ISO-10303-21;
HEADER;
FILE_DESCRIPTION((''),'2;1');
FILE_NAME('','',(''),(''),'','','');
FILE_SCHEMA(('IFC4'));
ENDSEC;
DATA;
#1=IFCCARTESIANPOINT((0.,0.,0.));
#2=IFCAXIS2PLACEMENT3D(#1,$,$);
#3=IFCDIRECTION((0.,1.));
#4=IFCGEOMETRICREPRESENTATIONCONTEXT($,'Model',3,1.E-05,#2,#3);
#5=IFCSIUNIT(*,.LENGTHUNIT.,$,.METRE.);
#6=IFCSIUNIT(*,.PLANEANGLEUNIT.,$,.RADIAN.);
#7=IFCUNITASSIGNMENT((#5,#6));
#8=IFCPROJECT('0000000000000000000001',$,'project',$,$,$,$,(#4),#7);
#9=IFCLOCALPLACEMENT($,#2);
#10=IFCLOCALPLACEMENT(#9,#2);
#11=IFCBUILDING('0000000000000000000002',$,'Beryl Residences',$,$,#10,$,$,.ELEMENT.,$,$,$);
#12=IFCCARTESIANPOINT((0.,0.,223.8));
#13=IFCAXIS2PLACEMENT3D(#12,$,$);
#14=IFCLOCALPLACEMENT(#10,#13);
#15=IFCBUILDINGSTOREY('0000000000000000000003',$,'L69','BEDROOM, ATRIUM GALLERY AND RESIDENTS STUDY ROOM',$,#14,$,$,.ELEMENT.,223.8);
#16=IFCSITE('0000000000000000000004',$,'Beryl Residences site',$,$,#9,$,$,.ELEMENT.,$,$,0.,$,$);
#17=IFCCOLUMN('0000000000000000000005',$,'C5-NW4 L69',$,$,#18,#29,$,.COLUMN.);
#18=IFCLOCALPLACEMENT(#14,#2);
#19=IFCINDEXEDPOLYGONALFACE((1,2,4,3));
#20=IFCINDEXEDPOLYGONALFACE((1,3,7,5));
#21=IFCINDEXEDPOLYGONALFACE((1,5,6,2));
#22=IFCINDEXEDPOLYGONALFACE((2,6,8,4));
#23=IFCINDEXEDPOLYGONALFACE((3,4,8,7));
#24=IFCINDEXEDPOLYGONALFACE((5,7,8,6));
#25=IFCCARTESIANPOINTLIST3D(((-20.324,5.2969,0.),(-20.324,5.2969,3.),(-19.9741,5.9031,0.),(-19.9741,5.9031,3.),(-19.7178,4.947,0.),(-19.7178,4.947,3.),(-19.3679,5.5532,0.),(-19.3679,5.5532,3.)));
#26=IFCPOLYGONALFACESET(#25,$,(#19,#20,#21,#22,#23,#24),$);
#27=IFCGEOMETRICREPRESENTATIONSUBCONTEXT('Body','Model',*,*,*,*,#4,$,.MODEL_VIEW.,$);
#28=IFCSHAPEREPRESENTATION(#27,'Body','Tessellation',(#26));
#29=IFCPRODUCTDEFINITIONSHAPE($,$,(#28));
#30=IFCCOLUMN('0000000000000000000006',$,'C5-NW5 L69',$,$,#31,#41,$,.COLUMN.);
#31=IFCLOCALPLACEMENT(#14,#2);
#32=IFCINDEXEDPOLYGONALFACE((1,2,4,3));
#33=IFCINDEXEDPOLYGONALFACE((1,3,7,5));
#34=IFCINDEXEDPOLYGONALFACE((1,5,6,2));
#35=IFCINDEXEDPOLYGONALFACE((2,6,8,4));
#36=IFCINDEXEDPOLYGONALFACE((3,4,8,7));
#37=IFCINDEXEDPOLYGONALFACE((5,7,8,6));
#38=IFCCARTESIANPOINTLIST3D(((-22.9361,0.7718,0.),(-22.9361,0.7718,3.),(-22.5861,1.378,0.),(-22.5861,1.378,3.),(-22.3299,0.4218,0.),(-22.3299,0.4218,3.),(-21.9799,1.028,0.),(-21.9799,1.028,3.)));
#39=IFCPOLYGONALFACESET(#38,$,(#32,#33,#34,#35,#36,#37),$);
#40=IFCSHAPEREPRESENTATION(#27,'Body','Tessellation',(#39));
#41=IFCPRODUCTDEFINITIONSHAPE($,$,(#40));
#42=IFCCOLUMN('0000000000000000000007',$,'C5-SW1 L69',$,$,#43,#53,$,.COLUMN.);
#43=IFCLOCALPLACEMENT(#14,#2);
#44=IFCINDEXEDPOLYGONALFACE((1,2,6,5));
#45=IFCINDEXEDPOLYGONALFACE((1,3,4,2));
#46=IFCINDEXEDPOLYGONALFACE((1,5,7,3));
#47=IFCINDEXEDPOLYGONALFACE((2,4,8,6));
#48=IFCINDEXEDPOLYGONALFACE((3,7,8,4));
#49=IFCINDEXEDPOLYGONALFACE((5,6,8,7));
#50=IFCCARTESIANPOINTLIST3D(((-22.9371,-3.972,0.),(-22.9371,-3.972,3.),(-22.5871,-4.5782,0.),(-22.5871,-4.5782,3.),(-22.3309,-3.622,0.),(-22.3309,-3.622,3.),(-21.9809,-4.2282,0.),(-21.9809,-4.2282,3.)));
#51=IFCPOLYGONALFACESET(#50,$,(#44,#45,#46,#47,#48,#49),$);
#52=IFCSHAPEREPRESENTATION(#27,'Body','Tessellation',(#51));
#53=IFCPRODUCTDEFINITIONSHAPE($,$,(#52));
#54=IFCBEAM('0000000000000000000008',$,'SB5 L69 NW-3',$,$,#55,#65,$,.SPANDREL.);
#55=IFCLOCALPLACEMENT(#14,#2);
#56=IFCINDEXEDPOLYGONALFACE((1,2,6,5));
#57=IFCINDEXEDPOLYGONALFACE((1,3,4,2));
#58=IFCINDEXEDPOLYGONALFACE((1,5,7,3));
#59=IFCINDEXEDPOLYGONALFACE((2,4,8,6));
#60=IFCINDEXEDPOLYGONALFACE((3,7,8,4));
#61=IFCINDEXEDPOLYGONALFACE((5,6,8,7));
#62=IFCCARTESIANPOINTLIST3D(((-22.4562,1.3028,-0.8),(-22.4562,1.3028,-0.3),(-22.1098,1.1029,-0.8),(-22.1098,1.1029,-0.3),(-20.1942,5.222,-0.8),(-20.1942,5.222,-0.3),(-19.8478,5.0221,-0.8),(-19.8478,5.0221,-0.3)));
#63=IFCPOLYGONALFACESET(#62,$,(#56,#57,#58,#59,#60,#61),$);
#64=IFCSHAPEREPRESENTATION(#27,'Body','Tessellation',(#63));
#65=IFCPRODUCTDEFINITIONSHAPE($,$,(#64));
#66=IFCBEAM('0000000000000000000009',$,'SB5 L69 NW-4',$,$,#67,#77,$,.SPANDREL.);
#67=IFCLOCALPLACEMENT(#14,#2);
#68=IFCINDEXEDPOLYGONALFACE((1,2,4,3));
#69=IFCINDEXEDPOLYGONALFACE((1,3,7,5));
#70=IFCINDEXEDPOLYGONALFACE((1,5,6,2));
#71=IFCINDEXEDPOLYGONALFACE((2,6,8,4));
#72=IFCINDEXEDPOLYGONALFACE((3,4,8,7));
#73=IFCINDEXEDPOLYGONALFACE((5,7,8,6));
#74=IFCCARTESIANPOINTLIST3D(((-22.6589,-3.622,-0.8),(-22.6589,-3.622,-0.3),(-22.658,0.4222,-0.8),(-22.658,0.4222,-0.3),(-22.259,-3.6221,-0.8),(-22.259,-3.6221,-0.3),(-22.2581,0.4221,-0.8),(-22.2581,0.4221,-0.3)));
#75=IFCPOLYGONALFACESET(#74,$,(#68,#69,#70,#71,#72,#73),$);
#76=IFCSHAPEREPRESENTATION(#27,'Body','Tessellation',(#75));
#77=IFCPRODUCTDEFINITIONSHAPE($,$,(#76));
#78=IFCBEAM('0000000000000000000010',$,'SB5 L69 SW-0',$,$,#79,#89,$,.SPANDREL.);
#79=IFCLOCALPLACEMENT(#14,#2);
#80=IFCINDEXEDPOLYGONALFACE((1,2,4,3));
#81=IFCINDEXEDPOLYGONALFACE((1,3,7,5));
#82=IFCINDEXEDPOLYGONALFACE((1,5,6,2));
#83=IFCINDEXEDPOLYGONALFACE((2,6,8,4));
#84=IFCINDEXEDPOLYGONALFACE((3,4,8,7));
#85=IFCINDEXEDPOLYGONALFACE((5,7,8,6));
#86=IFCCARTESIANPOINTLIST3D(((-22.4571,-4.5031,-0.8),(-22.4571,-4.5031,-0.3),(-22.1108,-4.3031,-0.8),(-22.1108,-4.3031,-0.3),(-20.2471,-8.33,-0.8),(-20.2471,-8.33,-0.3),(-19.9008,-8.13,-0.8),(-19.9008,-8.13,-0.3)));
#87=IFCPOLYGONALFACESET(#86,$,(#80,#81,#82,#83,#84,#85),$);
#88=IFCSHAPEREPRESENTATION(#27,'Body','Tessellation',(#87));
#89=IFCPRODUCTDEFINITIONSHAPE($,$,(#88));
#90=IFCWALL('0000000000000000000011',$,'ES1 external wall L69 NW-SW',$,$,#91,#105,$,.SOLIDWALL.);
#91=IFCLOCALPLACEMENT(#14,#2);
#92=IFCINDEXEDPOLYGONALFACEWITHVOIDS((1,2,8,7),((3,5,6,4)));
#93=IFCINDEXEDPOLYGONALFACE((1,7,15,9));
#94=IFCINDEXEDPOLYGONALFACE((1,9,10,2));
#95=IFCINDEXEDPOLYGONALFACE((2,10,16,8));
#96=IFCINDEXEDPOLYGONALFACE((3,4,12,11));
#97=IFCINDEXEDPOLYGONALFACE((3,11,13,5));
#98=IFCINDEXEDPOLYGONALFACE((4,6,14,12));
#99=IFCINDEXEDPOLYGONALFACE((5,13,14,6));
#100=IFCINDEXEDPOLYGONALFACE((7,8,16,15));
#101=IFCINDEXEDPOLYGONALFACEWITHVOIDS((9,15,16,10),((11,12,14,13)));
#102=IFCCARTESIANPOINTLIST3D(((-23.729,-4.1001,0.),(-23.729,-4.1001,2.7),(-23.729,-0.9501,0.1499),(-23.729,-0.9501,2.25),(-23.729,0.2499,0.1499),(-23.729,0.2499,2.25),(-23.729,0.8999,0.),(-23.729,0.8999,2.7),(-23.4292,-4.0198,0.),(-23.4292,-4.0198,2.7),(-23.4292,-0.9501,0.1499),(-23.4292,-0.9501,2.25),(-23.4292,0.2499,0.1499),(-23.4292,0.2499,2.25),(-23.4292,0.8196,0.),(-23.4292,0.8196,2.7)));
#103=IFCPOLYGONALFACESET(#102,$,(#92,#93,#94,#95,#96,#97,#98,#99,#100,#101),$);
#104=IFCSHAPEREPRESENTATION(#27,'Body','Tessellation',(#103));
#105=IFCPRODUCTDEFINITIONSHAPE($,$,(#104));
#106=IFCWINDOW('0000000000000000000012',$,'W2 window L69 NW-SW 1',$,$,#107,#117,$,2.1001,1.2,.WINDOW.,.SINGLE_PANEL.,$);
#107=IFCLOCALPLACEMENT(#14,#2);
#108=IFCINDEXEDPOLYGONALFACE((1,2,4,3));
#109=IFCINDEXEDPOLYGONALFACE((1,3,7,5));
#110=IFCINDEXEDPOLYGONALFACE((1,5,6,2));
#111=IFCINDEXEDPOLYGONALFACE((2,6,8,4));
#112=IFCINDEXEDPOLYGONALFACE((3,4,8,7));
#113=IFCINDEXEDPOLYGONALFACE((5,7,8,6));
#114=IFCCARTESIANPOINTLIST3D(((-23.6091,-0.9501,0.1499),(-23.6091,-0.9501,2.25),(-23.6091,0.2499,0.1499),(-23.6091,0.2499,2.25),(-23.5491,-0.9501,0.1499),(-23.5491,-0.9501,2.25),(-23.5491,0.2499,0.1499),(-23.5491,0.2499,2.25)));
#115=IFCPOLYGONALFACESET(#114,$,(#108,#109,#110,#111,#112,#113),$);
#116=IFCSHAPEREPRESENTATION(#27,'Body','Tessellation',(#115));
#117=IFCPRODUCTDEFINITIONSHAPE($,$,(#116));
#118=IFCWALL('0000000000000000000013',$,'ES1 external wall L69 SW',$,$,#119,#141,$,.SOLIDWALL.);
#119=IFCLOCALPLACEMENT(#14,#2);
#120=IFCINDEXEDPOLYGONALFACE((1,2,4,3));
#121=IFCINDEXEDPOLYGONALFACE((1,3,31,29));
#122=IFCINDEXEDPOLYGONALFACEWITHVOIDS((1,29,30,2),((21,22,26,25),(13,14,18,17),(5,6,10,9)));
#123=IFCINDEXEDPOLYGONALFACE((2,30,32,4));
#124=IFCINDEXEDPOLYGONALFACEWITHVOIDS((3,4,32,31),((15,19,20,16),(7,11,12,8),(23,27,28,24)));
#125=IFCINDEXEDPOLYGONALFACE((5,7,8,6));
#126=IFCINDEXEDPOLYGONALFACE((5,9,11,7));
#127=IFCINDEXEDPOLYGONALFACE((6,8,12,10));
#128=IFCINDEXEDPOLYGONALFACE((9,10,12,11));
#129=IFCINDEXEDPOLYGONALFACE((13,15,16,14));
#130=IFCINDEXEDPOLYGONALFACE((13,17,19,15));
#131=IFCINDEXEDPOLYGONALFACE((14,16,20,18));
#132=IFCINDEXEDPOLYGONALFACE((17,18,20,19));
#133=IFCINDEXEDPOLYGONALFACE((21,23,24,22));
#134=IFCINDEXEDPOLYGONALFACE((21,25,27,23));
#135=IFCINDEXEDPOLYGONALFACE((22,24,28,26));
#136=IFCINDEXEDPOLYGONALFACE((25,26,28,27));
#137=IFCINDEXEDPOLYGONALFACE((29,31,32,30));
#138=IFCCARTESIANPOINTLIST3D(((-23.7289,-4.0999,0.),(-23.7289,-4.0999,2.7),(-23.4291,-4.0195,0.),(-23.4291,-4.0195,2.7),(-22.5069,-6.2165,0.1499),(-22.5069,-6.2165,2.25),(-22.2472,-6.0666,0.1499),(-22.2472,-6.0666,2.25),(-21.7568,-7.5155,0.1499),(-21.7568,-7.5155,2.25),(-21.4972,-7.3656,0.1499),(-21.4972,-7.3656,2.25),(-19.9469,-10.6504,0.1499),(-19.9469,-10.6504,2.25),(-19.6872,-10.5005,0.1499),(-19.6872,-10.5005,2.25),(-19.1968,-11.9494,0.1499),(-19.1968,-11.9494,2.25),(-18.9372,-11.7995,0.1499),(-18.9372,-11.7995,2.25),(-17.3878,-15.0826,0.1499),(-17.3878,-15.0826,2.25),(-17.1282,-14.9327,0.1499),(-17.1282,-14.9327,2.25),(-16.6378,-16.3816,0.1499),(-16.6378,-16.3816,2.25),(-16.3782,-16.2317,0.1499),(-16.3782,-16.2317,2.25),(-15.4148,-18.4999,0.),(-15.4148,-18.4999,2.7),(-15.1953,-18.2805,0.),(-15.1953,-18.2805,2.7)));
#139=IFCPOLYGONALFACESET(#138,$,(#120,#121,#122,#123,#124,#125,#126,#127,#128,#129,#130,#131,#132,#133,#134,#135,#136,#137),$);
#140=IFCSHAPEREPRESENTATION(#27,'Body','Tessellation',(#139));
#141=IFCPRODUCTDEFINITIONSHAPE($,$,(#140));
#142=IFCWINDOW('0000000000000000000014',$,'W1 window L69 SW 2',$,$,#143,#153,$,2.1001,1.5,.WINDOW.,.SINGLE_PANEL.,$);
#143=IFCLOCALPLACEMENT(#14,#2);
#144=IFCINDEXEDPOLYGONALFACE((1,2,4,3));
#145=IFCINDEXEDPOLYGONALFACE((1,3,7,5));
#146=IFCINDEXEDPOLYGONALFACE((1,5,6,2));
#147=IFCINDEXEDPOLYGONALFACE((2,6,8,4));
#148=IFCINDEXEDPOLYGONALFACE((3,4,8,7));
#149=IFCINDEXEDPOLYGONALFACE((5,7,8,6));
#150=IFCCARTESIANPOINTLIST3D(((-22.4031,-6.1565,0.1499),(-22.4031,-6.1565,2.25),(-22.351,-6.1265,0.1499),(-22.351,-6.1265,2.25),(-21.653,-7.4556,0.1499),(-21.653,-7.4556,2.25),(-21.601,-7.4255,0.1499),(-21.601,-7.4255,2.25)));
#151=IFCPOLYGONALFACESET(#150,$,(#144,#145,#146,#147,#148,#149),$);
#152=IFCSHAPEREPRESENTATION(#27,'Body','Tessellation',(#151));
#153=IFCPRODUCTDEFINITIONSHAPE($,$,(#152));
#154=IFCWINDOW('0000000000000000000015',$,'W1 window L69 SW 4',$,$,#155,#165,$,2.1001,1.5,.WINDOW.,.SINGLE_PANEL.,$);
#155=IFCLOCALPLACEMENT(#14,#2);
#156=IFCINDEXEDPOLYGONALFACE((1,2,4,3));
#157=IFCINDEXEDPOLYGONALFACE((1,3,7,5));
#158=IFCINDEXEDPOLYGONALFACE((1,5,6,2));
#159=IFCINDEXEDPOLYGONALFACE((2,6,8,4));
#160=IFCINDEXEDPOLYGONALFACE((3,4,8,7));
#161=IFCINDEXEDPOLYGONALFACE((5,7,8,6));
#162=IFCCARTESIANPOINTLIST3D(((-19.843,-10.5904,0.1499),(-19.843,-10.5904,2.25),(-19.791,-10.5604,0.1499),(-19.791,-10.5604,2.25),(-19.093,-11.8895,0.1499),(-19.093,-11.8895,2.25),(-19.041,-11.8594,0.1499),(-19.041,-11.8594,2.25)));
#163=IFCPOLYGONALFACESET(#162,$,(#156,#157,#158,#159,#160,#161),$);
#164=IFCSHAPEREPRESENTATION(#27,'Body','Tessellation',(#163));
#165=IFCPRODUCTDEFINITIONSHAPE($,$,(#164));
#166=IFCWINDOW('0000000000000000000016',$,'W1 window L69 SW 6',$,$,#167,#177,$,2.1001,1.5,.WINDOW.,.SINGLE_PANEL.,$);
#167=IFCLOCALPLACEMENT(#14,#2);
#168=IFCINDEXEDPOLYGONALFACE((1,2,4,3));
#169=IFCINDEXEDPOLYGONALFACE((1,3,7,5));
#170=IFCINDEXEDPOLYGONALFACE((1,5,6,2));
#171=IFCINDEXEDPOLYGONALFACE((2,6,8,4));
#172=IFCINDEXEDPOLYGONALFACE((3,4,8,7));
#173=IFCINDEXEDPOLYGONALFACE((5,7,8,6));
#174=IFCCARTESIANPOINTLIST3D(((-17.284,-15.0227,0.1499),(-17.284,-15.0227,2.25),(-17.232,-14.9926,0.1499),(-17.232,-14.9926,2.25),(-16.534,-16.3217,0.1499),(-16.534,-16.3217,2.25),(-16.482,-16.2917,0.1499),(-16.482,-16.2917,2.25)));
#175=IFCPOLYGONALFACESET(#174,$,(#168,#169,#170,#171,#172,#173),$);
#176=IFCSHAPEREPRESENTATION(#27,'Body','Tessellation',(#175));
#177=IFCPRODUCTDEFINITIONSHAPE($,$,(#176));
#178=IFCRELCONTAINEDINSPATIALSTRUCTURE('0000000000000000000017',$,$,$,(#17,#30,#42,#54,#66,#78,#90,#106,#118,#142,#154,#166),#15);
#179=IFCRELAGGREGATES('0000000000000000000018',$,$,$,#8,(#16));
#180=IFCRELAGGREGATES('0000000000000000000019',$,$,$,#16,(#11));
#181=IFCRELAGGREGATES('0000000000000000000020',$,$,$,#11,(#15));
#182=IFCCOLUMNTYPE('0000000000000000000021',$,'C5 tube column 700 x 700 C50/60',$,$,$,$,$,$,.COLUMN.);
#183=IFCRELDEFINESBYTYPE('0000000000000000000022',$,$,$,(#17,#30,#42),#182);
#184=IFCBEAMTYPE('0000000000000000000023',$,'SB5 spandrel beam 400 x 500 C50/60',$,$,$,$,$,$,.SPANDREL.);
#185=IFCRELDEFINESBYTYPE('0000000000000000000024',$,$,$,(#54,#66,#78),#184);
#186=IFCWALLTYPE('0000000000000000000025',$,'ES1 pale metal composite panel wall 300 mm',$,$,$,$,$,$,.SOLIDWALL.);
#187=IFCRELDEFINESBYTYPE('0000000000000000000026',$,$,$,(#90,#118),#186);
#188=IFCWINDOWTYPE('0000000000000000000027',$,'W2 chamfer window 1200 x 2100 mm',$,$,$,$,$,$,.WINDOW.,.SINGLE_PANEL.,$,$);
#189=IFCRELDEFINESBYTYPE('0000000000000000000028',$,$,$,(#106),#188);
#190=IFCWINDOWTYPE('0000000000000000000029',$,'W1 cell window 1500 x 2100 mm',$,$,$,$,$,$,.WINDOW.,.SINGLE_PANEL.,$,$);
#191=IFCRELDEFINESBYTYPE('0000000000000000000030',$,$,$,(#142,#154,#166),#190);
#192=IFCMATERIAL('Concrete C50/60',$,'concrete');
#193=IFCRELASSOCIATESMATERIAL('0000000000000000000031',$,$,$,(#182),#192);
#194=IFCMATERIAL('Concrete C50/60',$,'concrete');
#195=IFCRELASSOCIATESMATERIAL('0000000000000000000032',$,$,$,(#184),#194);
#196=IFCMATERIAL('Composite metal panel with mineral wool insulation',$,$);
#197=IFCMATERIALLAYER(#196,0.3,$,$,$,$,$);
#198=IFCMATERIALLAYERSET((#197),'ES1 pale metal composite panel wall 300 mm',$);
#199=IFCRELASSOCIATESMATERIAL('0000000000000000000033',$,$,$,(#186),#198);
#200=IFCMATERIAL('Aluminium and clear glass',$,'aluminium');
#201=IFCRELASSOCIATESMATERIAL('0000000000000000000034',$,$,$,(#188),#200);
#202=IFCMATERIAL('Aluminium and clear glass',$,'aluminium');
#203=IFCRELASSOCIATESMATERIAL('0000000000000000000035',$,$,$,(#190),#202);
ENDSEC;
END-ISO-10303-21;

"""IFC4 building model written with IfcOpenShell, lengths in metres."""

from ifc_helpers import new_model, si_unit, direction, frame, frame_2d, origin, origin_2d, place, context, subcontext, project, spatial, polyline, rectangle, outline, extrude, material, layer, layer_set, material_profile, profile_set, type_object, element, fill, save


model = new_model("IFC4")

# Units and contexts
model_context = context("Model", 3, precision=1e-05, world=origin(), true_north=direction((0.0, 1.0)))
body_context = subcontext(model_context, "Body", "Model", "MODEL_VIEW")
ifc_project = project(units=[si_unit("LENGTHUNIT", "METRE"), si_unit("PLANEANGLEUNIT", "RADIAN")], contexts=[model_context])

# Site, building, storey
site_placement = place(None, origin())
site = spatial("IfcSite", under=ifc_project, at=site_placement, Name="Beryl Residences site", CompositionType="ELEMENT", RefElevation=0.0)
building_placement = place(site_placement, origin())
building = spatial("IfcBuilding", under=site, at=building_placement, Name="Beryl Residences", CompositionType="ELEMENT")
storey_placement = place(building_placement, frame((0.0, 0.0, 223.8)))
storey = spatial("IfcBuildingStorey", under=building, at=storey_placement, Name="L69", Description="BEDROOM, ATRIUM GALLERY AND RESIDENTS STUDY ROOM", CompositionType="ELEMENT", Elevation=223.8)

# Columns
ifc_material_1 = material(Name="Concrete C50/60", Category="concrete")
ifc_material_profile_1 = material_profile(ifc_material_1, rectangle(XDim=0.7, YDim=0.7, at=origin_2d()))
ifc_profile_set_1 = profile_set([ifc_material_profile_1], Name="Concrete C50/60")
column_type = type_object("IfcColumnType", Name="C5 tube column 700 x 700 C50/60", PredefinedType="COLUMN", material=ifc_profile_set_1)
for number, where, z_axis, x_axis, name in (
    (1, (-19.8459, 5.425, 0.0), (0.0, 0.0, 1.0), (-0.49997, -0.866043, 0.0), "C5-NW4 L69"),
    (2, (-22.458, 0.8999, 0.0), (0.0, 0.0, 1.0), (-0.49997, -0.866043, 0.0), "C5-NW5 L69"),
    (3, (-22.459, -4.1001, 0.0), (0.0, 0.0, 1.0), (0.499985, -0.866034, 0.0), "C5-SW1 L69"),
):
    element("IfcColumn", number, at=place(storey_placement, frame(where, z_axis=z_axis, x_axis=x_axis)), inside=storey, type_object=column_type, Name=name, PredefinedType="COLUMN", context=body_context, shape_type="SweptSolid", body=[
        extrude(rectangle(XDim=0.7, YDim=0.7, at=origin_2d()), origin(), (0.0, 0.0, 1.0), 3.0),
    ])

# Beams
ifc_material_2 = material(Name="Concrete C50/60", Category="concrete")
ifc_material_profile_2 = material_profile(ifc_material_2, rectangle(XDim=0.3999, YDim=0.5, at=origin_2d()))
ifc_profile_set_2 = profile_set([ifc_material_profile_2], Name="Concrete C50/60")
beam_type = type_object("IfcBeamType", Name="SB5 spandrel beam 400 x 500 C50/60", PredefinedType="SPANDREL", material=ifc_profile_set_2)
beam_1_placement = place(storey_placement, frame((-20.021, 5.1221, -0.55), z_axis=(-0.49987, -0.8661, 0.0), x_axis=(0.8661, -0.49987, 0.0)))
element("IfcBeam", 4, at=beam_1_placement, inside=storey, type_object=beam_type, Name="SB5 L69 NW-3", PredefinedType="SPANDREL", context=body_context, shape_type="SweptSolid", body=[
    extrude(rectangle(XDim=0.3999, YDim=0.5, at=origin_2d()), origin(), (0.0, 0.0, 1.0), 4.5251),
])
beam_2_placement = place(storey_placement, frame((-22.458, 0.4221, -0.55), z_axis=(-0.000241, -1.0, 0.0), x_axis=(1.0, -0.000241, 0.0)))
element("IfcBeam", 5, at=beam_2_placement, inside=storey, type_object=beam_type, Name="SB5 L69 NW-4", PredefinedType="SPANDREL", context=body_context, shape_type="SweptSolid", body=[
    extrude(rectangle(XDim=0.3999, YDim=0.5, at=origin_2d()), origin(), (0.0, 0.0, 1.0), 4.0442),
])
beam_3_placement = place(storey_placement, frame((-22.2839, -4.4031, -0.55), z_axis=(0.500084, -0.865977, 0.0), x_axis=(0.865977, 0.500084, 0.0)))
element("IfcBeam", 6, at=beam_3_placement, inside=storey, type_object=beam_type, Name="SB5 L69 SW-0", PredefinedType="SPANDREL", context=body_context, shape_type="SweptSolid", body=[
    extrude(rectangle(XDim=0.3999, YDim=0.5, at=origin_2d()), origin(), (0.0, 0.0, 1.0), 4.4192),
])

# Wall, opening, window
ifc_material_3 = material(Name="Composite metal panel with mineral wool insulation")
ifc_layer_1 = layer(ifc_material_3, 0.3)
ifc_layer_set_1 = layer_set([ifc_layer_1], Name="ES1 pale metal composite panel wall 300 mm")
wall_type_1 = type_object("IfcWallType", Name="ES1 pale metal composite panel wall 300 mm", PredefinedType="SOLIDWALL", material=ifc_layer_set_1)
wall_1_placement = place(storey_placement, frame((-23.5791, 0.8999, 0.0), z_axis=(0.0, 0.0, 1.0), x_axis=(0.0, -1.0, 0.0)))
wall_1 = element("IfcWall", 7, at=wall_1_placement, inside=storey, type_object=wall_type_1, Name="ES1 external wall L69 NW-SW", PredefinedType="SOLIDWALL", context=body_context, shape_type="SweptSolid", body=[
    extrude(outline(polyline([(0.0, -0.1499), (5.0, -0.1499), (4.9197, 0.1499), (0.0803, 0.1499), (0.0, -0.1499)])), origin(), (0.0, 0.0, 1.0), 2.7),
])
opening_1_placement = place(wall_1_placement, frame((0.6499, 0.0, 0.1499)))
opening_1 = element("IfcOpeningElement", 8, at=opening_1_placement, cuts=wall_1, PredefinedType="OPENING", context=body_context, shape_type="SweptSolid", body=[
    extrude(rectangle(XDim=1.2, YDim=2.1001, at=frame_2d((0.6001, 1.05))), frame((0.0, 0.1599, 0.0), z_axis=(0.0, -1.0, 0.0), x_axis=(1.0, 0.0, 0.0)), (0.0, 0.0, 1.0), 0.3201),
])
ifc_material_4 = material(Name="Aluminium and clear glass", Category="aluminium")
window_type_1 = type_object("IfcWindowType", Name="W2 chamfer window 1200 x 2100 mm", PartitioningType="SINGLE_PANEL", PredefinedType="WINDOW", material=ifc_material_4)
window_1_placement = place(opening_1_placement, origin())
window_1 = element("IfcWindow", 9, at=window_1_placement, inside=storey, type_object=window_type_1, Name="W2 window L69 NW-SW 1", OverallHeight=2.1001, OverallWidth=1.2, PartitioningType="SINGLE_PANEL", PredefinedType="WINDOW", context=body_context, shape_type="SweptSolid", body=[
    extrude(rectangle(XDim=1.2, YDim=2.1001, at=frame_2d((0.6001, 1.05))), frame((0.0, 0.03, 0.0), z_axis=(0.0, -1.0, 0.0), x_axis=(1.0, 0.0, 0.0)), (0.0, 0.0, 1.0), 0.0601),
])
fill(opening_1, window_1)

# Wall, openings, windows
wall_2_placement = place(storey_placement, frame((-23.5991, -4.0249, 0.0), z_axis=(0.0, 0.0, 1.0), x_axis=(0.500013, -0.866018, 0.0)))
wall_2 = element("IfcWall", 10, at=wall_2_placement, inside=storey, type_object=wall_type_1, Name="ES1 external wall L69 SW", PredefinedType="SOLIDWALL", context=body_context, shape_type="SweptSolid", body=[
    extrude(outline(polyline([(0.0, -0.1499), (16.6279, -0.1499), (16.5476, 0.1499), (0.0803, 0.1499), (0.0, -0.1499)])), origin(), (0.0, 0.0, 1.0), 2.7),
])
opening_2_placement = place(wall_2_placement, frame((2.4441, 0.0, 0.1499)))
opening_2 = element("IfcOpeningElement", 11, at=opening_2_placement, cuts=wall_2, PredefinedType="OPENING", context=body_context, shape_type="SweptSolid", body=[
    extrude(rectangle(XDim=1.5, YDim=2.1001, at=frame_2d((0.75, 1.05))), frame((0.0, 0.1599, 0.0), z_axis=(0.0, -1.0, 0.0), x_axis=(1.0, 0.0, 0.0)), (0.0, 0.0, 1.0), 0.3201),
])
opening_3_placement = place(wall_2_placement, frame((7.564, 0.0, 0.1499)))
opening_3 = element("IfcOpeningElement", 12, at=opening_3_placement, cuts=wall_2, PredefinedType="OPENING", context=body_context, shape_type="SweptSolid", body=[
    extrude(rectangle(XDim=1.5, YDim=2.1001, at=frame_2d((0.75, 1.05))), frame((0.0, 0.1599, 0.0), z_axis=(0.0, -1.0, 0.0), x_axis=(1.0, 0.0, 0.0)), (0.0, 0.0, 1.0), 0.3201),
])
opening_4_placement = place(wall_2_placement, frame((12.6819, 0.0, 0.1499)))
opening_4 = element("IfcOpeningElement", 13, at=opening_4_placement, cuts=wall_2, PredefinedType="OPENING", context=body_context, shape_type="SweptSolid", body=[
    extrude(rectangle(XDim=1.5, YDim=2.1001, at=frame_2d((0.75, 1.05))), frame((0.0, 0.1599, 0.0), z_axis=(0.0, -1.0, 0.0), x_axis=(1.0, 0.0, 0.0)), (0.0, 0.0, 1.0), 0.3201),
])
ifc_material_5 = material(Name="Aluminium and clear glass", Category="aluminium")
window_type_2 = type_object("IfcWindowType", Name="W1 cell window 1500 x 2100 mm", PartitioningType="SINGLE_PANEL", PredefinedType="WINDOW", material=ifc_material_5)
window_2_placement = place(opening_2_placement, origin())
window_2 = element("IfcWindow", 14, at=window_2_placement, inside=storey, type_object=window_type_2, Name="W1 window L69 SW 2", OverallHeight=2.1001, OverallWidth=1.5, PartitioningType="SINGLE_PANEL", PredefinedType="WINDOW", context=body_context, shape_type="SweptSolid", body=[
    extrude(rectangle(XDim=1.5, YDim=2.1001, at=frame_2d((0.75, 1.05))), frame((0.0, 0.03, 0.0), z_axis=(0.0, -1.0, 0.0), x_axis=(1.0, 0.0, 0.0)), (0.0, 0.0, 1.0), 0.0601),
])
fill(opening_2, window_2)
window_3_placement = place(opening_3_placement, origin())
window_3 = element("IfcWindow", 15, at=window_3_placement, inside=storey, type_object=window_type_2, Name="W1 window L69 SW 4", OverallHeight=2.1001, OverallWidth=1.5, PartitioningType="SINGLE_PANEL", PredefinedType="WINDOW", context=body_context, shape_type="SweptSolid", body=[
    extrude(rectangle(XDim=1.5, YDim=2.1001, at=frame_2d((0.75, 1.05))), frame((0.0, 0.03, 0.0), z_axis=(0.0, -1.0, 0.0), x_axis=(1.0, 0.0, 0.0)), (0.0, 0.0, 1.0), 0.0601),
])
fill(opening_3, window_3)
window_4_placement = place(opening_4_placement, origin())
window_4 = element("IfcWindow", 16, at=window_4_placement, inside=storey, type_object=window_type_2, Name="W1 window L69 SW 6", OverallHeight=2.1001, OverallWidth=1.5, PartitioningType="SINGLE_PANEL", PredefinedType="WINDOW", context=body_context, shape_type="SweptSolid", body=[
    extrude(rectangle(XDim=1.5, YDim=2.1001, at=frame_2d((0.75, 1.05))), frame((0.0, 0.03, 0.0), z_axis=(0.0, -1.0, 0.0), x_axis=(1.0, 0.0, 0.0)), (0.0, 0.0, 1.0), 0.0601),
])
fill(opening_4, window_4)

save(model, "model.ifc")
